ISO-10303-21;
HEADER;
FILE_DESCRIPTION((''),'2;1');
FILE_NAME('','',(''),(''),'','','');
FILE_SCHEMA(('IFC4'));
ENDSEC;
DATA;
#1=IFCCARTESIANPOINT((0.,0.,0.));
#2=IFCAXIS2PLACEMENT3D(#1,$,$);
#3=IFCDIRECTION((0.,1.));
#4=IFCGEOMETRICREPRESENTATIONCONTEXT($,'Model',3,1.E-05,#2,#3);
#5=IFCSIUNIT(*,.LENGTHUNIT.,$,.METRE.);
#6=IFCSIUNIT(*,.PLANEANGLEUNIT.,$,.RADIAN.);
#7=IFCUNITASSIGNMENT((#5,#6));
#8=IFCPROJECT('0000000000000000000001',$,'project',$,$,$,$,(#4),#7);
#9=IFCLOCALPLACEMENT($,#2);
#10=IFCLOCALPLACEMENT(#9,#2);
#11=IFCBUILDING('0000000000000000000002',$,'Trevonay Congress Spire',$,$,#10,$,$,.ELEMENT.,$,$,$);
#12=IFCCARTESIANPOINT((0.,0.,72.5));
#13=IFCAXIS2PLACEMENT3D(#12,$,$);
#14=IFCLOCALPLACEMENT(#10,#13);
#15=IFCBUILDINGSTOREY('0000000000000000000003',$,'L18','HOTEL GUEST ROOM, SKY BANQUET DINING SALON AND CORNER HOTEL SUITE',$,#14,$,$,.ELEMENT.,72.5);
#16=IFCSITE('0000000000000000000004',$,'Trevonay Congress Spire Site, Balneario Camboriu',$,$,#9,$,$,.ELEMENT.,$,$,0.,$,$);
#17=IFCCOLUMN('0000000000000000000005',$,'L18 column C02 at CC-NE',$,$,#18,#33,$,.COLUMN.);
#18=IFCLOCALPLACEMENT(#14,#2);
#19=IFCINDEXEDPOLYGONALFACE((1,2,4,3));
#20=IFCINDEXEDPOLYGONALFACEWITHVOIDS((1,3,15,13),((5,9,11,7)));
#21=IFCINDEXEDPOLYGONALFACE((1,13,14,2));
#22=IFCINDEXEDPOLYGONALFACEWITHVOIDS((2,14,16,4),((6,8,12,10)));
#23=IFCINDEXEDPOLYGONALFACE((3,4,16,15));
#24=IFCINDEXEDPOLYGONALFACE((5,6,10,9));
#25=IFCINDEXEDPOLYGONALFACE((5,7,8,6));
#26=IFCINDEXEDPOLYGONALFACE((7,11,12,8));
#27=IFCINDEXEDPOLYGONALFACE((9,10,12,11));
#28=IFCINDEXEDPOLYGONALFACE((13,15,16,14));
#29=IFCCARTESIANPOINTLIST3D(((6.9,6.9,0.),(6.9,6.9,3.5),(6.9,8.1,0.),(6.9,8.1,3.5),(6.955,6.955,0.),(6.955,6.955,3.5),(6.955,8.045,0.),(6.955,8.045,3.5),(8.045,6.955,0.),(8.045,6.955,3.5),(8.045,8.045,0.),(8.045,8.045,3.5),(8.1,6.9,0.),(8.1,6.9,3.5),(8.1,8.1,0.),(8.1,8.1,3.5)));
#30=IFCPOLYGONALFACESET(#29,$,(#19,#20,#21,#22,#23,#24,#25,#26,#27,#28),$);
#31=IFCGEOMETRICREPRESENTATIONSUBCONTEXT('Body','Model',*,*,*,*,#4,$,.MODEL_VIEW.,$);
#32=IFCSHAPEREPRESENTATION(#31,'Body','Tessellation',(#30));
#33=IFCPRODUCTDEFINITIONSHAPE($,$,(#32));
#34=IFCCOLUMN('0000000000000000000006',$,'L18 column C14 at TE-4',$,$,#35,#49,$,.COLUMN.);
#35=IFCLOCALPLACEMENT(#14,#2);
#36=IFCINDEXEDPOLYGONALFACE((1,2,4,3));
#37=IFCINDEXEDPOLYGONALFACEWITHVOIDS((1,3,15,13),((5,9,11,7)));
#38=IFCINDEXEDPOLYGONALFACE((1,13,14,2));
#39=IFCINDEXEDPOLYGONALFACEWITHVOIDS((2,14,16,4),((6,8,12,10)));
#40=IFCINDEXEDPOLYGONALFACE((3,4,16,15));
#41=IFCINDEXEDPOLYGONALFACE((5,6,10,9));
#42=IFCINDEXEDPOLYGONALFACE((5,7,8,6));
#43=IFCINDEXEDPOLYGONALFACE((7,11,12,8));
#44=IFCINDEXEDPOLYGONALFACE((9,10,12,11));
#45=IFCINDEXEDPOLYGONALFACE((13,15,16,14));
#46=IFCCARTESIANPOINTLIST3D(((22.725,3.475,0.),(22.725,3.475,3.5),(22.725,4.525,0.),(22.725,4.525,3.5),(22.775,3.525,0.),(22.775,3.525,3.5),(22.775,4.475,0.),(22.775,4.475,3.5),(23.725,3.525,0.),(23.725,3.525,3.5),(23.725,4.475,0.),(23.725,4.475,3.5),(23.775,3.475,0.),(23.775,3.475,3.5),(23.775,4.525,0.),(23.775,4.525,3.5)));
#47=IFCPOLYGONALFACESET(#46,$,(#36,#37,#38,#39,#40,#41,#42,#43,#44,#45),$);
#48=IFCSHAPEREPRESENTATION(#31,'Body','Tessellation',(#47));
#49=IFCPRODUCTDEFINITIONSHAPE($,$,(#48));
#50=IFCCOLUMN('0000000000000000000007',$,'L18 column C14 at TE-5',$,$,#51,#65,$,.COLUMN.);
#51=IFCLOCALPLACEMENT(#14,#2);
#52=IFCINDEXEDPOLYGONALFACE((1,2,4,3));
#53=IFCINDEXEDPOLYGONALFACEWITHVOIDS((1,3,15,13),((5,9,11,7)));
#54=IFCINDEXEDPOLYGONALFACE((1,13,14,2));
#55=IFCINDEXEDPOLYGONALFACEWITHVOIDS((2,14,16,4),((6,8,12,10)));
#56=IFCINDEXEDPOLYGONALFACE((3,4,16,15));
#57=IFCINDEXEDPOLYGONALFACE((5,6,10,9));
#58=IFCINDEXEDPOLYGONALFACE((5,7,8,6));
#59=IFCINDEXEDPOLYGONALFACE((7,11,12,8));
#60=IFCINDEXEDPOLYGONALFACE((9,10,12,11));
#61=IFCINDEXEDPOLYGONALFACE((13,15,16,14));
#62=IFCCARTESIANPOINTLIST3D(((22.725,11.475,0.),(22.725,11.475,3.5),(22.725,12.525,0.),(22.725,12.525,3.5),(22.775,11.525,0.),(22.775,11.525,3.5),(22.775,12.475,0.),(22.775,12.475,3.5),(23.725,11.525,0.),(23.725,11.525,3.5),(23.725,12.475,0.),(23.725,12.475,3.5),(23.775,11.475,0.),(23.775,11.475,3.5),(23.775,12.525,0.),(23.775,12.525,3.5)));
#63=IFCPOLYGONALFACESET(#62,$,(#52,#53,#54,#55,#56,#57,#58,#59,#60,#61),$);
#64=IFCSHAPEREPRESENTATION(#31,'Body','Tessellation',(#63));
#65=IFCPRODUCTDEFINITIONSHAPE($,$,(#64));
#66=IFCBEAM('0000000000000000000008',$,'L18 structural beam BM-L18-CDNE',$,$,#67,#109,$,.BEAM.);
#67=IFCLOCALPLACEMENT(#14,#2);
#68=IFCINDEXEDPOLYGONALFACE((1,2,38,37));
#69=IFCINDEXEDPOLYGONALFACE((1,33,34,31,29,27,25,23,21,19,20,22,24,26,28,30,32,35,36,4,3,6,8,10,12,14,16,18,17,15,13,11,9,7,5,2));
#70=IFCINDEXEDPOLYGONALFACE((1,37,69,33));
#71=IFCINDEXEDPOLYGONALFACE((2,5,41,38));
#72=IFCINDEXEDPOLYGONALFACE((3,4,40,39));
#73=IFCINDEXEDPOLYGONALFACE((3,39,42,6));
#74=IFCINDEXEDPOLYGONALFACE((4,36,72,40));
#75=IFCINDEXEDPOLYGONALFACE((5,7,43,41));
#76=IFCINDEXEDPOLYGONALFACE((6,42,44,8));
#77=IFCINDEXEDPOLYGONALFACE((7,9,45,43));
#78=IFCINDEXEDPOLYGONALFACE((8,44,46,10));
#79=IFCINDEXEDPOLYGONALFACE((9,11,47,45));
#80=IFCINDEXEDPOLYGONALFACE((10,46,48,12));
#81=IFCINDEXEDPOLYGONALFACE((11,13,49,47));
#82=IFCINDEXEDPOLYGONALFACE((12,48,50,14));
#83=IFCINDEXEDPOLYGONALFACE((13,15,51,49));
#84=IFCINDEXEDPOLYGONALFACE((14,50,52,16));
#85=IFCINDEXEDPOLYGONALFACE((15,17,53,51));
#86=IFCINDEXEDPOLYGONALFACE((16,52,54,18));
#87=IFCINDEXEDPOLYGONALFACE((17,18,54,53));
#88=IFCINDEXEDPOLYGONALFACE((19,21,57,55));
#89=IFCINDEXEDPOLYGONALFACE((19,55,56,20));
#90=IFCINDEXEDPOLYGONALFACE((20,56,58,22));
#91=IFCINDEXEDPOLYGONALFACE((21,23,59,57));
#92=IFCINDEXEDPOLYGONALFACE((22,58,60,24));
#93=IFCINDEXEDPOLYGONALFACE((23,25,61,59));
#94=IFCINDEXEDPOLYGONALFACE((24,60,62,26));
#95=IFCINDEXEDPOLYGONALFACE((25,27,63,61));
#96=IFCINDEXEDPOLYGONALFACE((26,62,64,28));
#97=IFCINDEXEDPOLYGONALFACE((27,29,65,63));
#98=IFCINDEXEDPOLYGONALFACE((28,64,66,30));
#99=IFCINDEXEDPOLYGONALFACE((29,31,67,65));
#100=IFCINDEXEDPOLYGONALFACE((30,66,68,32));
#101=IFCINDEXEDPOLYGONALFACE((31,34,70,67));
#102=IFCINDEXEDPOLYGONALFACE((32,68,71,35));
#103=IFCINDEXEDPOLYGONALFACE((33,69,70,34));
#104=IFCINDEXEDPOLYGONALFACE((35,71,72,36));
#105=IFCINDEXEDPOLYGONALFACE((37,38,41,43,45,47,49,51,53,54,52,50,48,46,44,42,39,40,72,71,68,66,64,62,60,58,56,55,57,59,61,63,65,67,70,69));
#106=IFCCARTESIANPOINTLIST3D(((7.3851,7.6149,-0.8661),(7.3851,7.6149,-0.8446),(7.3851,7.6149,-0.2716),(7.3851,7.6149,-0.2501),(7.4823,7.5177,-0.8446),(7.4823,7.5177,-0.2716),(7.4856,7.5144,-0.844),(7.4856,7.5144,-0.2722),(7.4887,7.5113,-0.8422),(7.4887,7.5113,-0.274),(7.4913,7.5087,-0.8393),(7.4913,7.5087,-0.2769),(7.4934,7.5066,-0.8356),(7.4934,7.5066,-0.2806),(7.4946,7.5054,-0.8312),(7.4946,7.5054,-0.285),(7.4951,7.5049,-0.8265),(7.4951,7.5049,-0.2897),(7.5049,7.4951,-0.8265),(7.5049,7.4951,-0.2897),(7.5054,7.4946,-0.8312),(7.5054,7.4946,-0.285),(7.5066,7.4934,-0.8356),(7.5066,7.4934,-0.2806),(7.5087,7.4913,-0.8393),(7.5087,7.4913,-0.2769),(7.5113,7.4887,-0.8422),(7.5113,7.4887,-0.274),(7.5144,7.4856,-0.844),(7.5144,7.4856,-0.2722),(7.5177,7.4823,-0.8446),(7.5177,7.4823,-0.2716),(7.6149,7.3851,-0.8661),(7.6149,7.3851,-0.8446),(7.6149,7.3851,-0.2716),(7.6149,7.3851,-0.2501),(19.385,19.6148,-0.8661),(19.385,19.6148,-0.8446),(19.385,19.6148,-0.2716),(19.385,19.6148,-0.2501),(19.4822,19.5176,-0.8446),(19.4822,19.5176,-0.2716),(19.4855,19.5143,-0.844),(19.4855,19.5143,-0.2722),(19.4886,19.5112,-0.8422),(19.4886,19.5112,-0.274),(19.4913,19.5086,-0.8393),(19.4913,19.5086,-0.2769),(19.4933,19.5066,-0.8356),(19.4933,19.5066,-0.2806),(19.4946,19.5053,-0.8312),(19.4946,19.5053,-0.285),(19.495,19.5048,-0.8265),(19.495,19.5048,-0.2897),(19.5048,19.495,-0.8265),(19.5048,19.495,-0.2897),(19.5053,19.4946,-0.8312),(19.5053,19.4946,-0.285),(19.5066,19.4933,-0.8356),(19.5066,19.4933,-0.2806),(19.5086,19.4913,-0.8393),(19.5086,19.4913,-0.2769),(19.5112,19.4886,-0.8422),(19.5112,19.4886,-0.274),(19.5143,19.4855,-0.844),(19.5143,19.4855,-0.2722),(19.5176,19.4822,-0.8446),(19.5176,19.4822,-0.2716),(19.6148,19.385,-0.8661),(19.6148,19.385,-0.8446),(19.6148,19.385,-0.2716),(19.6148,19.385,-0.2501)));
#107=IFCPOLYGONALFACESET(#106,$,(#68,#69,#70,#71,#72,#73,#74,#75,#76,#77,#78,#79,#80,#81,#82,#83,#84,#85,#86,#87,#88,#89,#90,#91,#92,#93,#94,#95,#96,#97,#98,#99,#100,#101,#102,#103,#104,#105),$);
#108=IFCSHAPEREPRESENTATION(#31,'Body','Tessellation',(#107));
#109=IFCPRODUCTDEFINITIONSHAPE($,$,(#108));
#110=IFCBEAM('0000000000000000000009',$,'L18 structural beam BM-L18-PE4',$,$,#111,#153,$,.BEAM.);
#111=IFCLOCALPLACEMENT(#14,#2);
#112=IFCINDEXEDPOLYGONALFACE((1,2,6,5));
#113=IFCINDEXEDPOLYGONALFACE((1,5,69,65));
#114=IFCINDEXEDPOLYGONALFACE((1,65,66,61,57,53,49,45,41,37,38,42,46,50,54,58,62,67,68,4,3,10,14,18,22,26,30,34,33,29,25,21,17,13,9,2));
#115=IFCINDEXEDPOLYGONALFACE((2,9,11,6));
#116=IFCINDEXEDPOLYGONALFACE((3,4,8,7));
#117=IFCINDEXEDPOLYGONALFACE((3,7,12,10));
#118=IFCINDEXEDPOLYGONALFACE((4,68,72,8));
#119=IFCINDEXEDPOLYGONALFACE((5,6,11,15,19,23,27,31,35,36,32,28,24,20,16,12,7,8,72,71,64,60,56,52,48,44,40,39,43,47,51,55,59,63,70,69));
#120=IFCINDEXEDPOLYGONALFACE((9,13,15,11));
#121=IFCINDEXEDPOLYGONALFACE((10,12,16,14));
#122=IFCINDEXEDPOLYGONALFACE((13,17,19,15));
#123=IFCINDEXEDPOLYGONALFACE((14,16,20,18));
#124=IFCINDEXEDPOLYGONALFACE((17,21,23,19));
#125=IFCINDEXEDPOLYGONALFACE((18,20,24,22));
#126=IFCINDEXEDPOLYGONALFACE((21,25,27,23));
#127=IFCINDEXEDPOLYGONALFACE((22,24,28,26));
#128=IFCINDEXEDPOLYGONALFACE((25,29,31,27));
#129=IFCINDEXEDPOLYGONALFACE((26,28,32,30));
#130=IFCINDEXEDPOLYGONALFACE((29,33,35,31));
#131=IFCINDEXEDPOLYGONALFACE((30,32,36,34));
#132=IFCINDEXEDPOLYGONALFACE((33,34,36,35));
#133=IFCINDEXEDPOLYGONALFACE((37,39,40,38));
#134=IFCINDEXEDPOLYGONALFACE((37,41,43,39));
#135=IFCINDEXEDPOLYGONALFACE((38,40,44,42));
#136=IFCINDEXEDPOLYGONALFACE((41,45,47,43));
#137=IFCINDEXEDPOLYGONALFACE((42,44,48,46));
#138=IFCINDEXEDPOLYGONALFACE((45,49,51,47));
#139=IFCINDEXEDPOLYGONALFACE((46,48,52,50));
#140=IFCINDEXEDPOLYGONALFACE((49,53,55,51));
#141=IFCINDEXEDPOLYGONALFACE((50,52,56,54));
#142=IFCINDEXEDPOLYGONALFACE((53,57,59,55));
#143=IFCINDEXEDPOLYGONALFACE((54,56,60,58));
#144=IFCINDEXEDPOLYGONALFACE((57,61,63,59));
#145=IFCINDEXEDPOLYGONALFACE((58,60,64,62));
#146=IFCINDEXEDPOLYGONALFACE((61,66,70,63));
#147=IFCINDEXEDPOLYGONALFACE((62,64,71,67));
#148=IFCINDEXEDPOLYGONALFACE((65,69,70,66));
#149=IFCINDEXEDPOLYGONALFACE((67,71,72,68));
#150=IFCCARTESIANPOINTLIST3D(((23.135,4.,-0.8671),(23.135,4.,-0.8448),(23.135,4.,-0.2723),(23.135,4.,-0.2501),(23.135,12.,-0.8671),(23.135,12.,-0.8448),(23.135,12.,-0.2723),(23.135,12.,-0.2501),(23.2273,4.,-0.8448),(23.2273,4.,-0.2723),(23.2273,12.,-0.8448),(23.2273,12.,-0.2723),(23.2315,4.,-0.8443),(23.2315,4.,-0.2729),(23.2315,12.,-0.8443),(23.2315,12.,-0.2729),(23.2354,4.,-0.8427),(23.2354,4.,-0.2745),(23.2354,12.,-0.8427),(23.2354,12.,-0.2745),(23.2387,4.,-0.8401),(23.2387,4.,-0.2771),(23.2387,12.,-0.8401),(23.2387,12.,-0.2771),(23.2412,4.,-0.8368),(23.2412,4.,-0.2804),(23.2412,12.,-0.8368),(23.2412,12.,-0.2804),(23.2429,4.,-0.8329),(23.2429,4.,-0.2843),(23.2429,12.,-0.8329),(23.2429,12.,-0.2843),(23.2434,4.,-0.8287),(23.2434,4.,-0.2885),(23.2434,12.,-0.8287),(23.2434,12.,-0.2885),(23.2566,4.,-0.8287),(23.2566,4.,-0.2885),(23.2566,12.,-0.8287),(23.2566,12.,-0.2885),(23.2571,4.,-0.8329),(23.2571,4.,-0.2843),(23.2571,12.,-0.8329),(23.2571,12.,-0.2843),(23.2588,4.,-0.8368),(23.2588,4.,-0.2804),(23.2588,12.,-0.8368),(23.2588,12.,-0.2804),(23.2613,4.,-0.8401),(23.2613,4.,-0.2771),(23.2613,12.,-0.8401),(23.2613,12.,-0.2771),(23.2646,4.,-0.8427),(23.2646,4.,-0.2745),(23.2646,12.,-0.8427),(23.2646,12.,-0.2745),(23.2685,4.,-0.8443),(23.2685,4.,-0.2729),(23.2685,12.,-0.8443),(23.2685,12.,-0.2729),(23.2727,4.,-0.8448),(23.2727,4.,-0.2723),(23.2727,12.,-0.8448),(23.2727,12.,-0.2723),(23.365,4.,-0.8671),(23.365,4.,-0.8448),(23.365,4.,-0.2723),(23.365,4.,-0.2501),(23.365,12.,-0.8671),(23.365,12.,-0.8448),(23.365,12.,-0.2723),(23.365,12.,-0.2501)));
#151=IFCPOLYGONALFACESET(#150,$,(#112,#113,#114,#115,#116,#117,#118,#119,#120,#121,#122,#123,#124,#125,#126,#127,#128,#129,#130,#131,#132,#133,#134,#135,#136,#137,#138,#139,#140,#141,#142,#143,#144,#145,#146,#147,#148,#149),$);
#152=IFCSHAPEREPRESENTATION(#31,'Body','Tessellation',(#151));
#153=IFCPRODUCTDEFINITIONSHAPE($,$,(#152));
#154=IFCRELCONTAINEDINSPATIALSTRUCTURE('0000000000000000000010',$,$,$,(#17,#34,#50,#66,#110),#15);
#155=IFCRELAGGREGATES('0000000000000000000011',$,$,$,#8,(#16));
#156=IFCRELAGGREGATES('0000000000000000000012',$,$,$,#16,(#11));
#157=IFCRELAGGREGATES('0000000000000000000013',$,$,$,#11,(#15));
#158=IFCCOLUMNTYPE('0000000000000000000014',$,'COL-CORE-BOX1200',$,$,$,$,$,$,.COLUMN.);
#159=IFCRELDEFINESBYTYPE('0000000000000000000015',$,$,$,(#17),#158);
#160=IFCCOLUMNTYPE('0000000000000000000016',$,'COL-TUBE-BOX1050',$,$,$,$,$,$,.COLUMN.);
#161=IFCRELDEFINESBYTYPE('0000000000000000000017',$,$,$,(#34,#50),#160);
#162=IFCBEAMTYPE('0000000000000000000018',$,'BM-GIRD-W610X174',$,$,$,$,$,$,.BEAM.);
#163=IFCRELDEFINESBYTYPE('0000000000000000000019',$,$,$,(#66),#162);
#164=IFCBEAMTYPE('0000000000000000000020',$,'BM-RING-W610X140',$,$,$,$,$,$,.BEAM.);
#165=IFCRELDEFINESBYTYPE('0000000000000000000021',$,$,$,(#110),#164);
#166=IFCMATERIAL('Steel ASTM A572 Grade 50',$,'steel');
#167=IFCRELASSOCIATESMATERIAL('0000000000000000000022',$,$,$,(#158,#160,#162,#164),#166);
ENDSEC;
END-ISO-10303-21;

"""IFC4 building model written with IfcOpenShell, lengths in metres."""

from ifc_helpers import new_model, si_unit, direction, frame, origin, origin_2d, place, context, subcontext, project, spatial, hollow_rectangle, i_section, extrude, material, material_profile, profile_set, type_object, element, save


model = new_model("IFC4")

# Units and contexts
model_context = context("Model", 3, precision=1e-05, world=origin(), true_north=direction((0.0, 1.0)))
body_context = subcontext(model_context, "Body", "Model", "MODEL_VIEW")
ifc_project = project(units=[si_unit("LENGTHUNIT", "METRE"), si_unit("PLANEANGLEUNIT", "RADIAN")], contexts=[model_context])

# Site, building, storey
site_placement = place(None, origin())
site = spatial("IfcSite", under=ifc_project, at=site_placement, Name="Trevonay Congress Spire Site, Balneario Camboriu", CompositionType="ELEMENT", RefElevation=0.0)
building_placement = place(site_placement, origin())
building = spatial("IfcBuilding", under=site, at=building_placement, Name="Trevonay Congress Spire", CompositionType="ELEMENT")
storey_placement = place(building_placement, frame((0.0, 0.0, 72.5)))
storey = spatial("IfcBuildingStorey", under=building, at=storey_placement, Name="L18", Description="HOTEL GUEST ROOM, SKY BANQUET DINING SALON AND CORNER HOTEL SUITE", CompositionType="ELEMENT", Elevation=72.5)

# Columns
ifc_material_1 = material(Name="Steel ASTM A572 Grade 50", Category="steel")
ifc_material_profile_1 = material_profile(ifc_material_1, hollow_rectangle(XDim=1.2, YDim=1.2, WallThickness=0.0549, at=origin_2d()), Name="BOX 1200x1200x55")
ifc_profile_set_1 = profile_set([ifc_material_profile_1], Name="Steel ASTM A572 Grade 50")
column_type_1 = type_object("IfcColumnType", Name="COL-CORE-BOX1200", PredefinedType="COLUMN", material=ifc_profile_set_1)
column_placement = place(storey_placement, frame((7.5, 7.5, 0.0), z_axis=(0.0, 0.0, 1.0), x_axis=(1.0, 0.0, 0.0)))
element("IfcColumn", 1, at=column_placement, inside=storey, type_object=column_type_1, Name="L18 column C02 at CC-NE", PredefinedType="COLUMN", context=body_context, shape_type="SweptSolid", body=[
    extrude(hollow_rectangle(XDim=1.2, YDim=1.2, WallThickness=0.0549, at=origin_2d()), origin(), (0.0, 0.0, 1.0), 3.5),
])
ifc_material_profile_2 = material_profile(ifc_material_1, hollow_rectangle(XDim=1.05, YDim=1.05, WallThickness=0.05, at=origin_2d()), Name="BOX 1050x1050x50")
ifc_profile_set_2 = profile_set([ifc_material_profile_2], Name="Steel ASTM A572 Grade 50")
column_type_2 = type_object("IfcColumnType", Name="COL-TUBE-BOX1050", PredefinedType="COLUMN", material=ifc_profile_set_2)
for number, where, z_axis, x_axis, name in (
    (2, (23.25, 4.0, 0.0), (0.0, 0.0, 1.0), (1.0, 0.0, 0.0), "L18 column C14 at TE-4"),
    (3, (23.25, 12.0, 0.0), (0.0, 0.0, 1.0), (1.0, 0.0, 0.0), "L18 column C14 at TE-5"),
):
    element("IfcColumn", number, at=place(storey_placement, frame(where, z_axis=z_axis, x_axis=x_axis)), inside=storey, type_object=column_type_2, Name=name, PredefinedType="COLUMN", context=body_context, shape_type="SweptSolid", body=[
        extrude(hollow_rectangle(XDim=1.05, YDim=1.05, WallThickness=0.05, at=origin_2d()), origin(), (0.0, 0.0, 1.0), 3.5),
    ])

# Beams
ifc_material_profile_3 = material_profile(ifc_material_1, i_section(OverallWidth=0.325, OverallDepth=0.616, WebThickness=0.0139, FlangeThickness=0.0215, FilletRadius=0.0181, at=origin_2d()), Name="W610x174")
ifc_profile_set_3 = profile_set([ifc_material_profile_3], Name="Steel ASTM A572 Grade 50")
beam_type_1 = type_object("IfcBeamType", Name="BM-GIRD-W610X174", PredefinedType="BEAM", material=ifc_profile_set_3)
beam_1_placement = place(storey_placement, frame((7.5, 7.5, -0.5581), z_axis=(0.707107, 0.707107, 0.0), x_axis=(-0.707107, 0.707107, 0.0)))
element("IfcBeam", 4, at=beam_1_placement, inside=storey, type_object=beam_type_1, Name="L18 structural beam BM-L18-CDNE", PredefinedType="BEAM", context=body_context, shape_type="SweptSolid", body=[
    extrude(i_section(OverallWidth=0.325, OverallDepth=0.616, WebThickness=0.0139, FlangeThickness=0.0215, FilletRadius=0.0181, at=origin_2d()), origin(), (0.0, 0.0, 1.0), 16.9705),
])
ifc_material_profile_4 = material_profile(ifc_material_1, i_section(OverallWidth=0.23, OverallDepth=0.6169, WebThickness=0.0132, FlangeThickness=0.0222, FilletRadius=0.0161, at=origin_2d()), Name="W610x140")
ifc_profile_set_4 = profile_set([ifc_material_profile_4], Name="Steel ASTM A572 Grade 50")
beam_type_2 = type_object("IfcBeamType", Name="BM-RING-W610X140", PredefinedType="BEAM", material=ifc_profile_set_4)
beam_2_placement = place(storey_placement, frame((23.25, 4.0, -0.5586), z_axis=(0.0, 1.0, 0.0), x_axis=(-1.0, 0.0, 0.0)))
element("IfcBeam", 5, at=beam_2_placement, inside=storey, type_object=beam_type_2, Name="L18 structural beam BM-L18-PE4", PredefinedType="BEAM", context=body_context, shape_type="SweptSolid", body=[
    extrude(i_section(OverallWidth=0.23, OverallDepth=0.6169, WebThickness=0.0132, FlangeThickness=0.0222, FilletRadius=0.0161, at=origin_2d()), origin(), (0.0, 0.0, 1.0), 8.0),
])

save(model, "model.ifc")
